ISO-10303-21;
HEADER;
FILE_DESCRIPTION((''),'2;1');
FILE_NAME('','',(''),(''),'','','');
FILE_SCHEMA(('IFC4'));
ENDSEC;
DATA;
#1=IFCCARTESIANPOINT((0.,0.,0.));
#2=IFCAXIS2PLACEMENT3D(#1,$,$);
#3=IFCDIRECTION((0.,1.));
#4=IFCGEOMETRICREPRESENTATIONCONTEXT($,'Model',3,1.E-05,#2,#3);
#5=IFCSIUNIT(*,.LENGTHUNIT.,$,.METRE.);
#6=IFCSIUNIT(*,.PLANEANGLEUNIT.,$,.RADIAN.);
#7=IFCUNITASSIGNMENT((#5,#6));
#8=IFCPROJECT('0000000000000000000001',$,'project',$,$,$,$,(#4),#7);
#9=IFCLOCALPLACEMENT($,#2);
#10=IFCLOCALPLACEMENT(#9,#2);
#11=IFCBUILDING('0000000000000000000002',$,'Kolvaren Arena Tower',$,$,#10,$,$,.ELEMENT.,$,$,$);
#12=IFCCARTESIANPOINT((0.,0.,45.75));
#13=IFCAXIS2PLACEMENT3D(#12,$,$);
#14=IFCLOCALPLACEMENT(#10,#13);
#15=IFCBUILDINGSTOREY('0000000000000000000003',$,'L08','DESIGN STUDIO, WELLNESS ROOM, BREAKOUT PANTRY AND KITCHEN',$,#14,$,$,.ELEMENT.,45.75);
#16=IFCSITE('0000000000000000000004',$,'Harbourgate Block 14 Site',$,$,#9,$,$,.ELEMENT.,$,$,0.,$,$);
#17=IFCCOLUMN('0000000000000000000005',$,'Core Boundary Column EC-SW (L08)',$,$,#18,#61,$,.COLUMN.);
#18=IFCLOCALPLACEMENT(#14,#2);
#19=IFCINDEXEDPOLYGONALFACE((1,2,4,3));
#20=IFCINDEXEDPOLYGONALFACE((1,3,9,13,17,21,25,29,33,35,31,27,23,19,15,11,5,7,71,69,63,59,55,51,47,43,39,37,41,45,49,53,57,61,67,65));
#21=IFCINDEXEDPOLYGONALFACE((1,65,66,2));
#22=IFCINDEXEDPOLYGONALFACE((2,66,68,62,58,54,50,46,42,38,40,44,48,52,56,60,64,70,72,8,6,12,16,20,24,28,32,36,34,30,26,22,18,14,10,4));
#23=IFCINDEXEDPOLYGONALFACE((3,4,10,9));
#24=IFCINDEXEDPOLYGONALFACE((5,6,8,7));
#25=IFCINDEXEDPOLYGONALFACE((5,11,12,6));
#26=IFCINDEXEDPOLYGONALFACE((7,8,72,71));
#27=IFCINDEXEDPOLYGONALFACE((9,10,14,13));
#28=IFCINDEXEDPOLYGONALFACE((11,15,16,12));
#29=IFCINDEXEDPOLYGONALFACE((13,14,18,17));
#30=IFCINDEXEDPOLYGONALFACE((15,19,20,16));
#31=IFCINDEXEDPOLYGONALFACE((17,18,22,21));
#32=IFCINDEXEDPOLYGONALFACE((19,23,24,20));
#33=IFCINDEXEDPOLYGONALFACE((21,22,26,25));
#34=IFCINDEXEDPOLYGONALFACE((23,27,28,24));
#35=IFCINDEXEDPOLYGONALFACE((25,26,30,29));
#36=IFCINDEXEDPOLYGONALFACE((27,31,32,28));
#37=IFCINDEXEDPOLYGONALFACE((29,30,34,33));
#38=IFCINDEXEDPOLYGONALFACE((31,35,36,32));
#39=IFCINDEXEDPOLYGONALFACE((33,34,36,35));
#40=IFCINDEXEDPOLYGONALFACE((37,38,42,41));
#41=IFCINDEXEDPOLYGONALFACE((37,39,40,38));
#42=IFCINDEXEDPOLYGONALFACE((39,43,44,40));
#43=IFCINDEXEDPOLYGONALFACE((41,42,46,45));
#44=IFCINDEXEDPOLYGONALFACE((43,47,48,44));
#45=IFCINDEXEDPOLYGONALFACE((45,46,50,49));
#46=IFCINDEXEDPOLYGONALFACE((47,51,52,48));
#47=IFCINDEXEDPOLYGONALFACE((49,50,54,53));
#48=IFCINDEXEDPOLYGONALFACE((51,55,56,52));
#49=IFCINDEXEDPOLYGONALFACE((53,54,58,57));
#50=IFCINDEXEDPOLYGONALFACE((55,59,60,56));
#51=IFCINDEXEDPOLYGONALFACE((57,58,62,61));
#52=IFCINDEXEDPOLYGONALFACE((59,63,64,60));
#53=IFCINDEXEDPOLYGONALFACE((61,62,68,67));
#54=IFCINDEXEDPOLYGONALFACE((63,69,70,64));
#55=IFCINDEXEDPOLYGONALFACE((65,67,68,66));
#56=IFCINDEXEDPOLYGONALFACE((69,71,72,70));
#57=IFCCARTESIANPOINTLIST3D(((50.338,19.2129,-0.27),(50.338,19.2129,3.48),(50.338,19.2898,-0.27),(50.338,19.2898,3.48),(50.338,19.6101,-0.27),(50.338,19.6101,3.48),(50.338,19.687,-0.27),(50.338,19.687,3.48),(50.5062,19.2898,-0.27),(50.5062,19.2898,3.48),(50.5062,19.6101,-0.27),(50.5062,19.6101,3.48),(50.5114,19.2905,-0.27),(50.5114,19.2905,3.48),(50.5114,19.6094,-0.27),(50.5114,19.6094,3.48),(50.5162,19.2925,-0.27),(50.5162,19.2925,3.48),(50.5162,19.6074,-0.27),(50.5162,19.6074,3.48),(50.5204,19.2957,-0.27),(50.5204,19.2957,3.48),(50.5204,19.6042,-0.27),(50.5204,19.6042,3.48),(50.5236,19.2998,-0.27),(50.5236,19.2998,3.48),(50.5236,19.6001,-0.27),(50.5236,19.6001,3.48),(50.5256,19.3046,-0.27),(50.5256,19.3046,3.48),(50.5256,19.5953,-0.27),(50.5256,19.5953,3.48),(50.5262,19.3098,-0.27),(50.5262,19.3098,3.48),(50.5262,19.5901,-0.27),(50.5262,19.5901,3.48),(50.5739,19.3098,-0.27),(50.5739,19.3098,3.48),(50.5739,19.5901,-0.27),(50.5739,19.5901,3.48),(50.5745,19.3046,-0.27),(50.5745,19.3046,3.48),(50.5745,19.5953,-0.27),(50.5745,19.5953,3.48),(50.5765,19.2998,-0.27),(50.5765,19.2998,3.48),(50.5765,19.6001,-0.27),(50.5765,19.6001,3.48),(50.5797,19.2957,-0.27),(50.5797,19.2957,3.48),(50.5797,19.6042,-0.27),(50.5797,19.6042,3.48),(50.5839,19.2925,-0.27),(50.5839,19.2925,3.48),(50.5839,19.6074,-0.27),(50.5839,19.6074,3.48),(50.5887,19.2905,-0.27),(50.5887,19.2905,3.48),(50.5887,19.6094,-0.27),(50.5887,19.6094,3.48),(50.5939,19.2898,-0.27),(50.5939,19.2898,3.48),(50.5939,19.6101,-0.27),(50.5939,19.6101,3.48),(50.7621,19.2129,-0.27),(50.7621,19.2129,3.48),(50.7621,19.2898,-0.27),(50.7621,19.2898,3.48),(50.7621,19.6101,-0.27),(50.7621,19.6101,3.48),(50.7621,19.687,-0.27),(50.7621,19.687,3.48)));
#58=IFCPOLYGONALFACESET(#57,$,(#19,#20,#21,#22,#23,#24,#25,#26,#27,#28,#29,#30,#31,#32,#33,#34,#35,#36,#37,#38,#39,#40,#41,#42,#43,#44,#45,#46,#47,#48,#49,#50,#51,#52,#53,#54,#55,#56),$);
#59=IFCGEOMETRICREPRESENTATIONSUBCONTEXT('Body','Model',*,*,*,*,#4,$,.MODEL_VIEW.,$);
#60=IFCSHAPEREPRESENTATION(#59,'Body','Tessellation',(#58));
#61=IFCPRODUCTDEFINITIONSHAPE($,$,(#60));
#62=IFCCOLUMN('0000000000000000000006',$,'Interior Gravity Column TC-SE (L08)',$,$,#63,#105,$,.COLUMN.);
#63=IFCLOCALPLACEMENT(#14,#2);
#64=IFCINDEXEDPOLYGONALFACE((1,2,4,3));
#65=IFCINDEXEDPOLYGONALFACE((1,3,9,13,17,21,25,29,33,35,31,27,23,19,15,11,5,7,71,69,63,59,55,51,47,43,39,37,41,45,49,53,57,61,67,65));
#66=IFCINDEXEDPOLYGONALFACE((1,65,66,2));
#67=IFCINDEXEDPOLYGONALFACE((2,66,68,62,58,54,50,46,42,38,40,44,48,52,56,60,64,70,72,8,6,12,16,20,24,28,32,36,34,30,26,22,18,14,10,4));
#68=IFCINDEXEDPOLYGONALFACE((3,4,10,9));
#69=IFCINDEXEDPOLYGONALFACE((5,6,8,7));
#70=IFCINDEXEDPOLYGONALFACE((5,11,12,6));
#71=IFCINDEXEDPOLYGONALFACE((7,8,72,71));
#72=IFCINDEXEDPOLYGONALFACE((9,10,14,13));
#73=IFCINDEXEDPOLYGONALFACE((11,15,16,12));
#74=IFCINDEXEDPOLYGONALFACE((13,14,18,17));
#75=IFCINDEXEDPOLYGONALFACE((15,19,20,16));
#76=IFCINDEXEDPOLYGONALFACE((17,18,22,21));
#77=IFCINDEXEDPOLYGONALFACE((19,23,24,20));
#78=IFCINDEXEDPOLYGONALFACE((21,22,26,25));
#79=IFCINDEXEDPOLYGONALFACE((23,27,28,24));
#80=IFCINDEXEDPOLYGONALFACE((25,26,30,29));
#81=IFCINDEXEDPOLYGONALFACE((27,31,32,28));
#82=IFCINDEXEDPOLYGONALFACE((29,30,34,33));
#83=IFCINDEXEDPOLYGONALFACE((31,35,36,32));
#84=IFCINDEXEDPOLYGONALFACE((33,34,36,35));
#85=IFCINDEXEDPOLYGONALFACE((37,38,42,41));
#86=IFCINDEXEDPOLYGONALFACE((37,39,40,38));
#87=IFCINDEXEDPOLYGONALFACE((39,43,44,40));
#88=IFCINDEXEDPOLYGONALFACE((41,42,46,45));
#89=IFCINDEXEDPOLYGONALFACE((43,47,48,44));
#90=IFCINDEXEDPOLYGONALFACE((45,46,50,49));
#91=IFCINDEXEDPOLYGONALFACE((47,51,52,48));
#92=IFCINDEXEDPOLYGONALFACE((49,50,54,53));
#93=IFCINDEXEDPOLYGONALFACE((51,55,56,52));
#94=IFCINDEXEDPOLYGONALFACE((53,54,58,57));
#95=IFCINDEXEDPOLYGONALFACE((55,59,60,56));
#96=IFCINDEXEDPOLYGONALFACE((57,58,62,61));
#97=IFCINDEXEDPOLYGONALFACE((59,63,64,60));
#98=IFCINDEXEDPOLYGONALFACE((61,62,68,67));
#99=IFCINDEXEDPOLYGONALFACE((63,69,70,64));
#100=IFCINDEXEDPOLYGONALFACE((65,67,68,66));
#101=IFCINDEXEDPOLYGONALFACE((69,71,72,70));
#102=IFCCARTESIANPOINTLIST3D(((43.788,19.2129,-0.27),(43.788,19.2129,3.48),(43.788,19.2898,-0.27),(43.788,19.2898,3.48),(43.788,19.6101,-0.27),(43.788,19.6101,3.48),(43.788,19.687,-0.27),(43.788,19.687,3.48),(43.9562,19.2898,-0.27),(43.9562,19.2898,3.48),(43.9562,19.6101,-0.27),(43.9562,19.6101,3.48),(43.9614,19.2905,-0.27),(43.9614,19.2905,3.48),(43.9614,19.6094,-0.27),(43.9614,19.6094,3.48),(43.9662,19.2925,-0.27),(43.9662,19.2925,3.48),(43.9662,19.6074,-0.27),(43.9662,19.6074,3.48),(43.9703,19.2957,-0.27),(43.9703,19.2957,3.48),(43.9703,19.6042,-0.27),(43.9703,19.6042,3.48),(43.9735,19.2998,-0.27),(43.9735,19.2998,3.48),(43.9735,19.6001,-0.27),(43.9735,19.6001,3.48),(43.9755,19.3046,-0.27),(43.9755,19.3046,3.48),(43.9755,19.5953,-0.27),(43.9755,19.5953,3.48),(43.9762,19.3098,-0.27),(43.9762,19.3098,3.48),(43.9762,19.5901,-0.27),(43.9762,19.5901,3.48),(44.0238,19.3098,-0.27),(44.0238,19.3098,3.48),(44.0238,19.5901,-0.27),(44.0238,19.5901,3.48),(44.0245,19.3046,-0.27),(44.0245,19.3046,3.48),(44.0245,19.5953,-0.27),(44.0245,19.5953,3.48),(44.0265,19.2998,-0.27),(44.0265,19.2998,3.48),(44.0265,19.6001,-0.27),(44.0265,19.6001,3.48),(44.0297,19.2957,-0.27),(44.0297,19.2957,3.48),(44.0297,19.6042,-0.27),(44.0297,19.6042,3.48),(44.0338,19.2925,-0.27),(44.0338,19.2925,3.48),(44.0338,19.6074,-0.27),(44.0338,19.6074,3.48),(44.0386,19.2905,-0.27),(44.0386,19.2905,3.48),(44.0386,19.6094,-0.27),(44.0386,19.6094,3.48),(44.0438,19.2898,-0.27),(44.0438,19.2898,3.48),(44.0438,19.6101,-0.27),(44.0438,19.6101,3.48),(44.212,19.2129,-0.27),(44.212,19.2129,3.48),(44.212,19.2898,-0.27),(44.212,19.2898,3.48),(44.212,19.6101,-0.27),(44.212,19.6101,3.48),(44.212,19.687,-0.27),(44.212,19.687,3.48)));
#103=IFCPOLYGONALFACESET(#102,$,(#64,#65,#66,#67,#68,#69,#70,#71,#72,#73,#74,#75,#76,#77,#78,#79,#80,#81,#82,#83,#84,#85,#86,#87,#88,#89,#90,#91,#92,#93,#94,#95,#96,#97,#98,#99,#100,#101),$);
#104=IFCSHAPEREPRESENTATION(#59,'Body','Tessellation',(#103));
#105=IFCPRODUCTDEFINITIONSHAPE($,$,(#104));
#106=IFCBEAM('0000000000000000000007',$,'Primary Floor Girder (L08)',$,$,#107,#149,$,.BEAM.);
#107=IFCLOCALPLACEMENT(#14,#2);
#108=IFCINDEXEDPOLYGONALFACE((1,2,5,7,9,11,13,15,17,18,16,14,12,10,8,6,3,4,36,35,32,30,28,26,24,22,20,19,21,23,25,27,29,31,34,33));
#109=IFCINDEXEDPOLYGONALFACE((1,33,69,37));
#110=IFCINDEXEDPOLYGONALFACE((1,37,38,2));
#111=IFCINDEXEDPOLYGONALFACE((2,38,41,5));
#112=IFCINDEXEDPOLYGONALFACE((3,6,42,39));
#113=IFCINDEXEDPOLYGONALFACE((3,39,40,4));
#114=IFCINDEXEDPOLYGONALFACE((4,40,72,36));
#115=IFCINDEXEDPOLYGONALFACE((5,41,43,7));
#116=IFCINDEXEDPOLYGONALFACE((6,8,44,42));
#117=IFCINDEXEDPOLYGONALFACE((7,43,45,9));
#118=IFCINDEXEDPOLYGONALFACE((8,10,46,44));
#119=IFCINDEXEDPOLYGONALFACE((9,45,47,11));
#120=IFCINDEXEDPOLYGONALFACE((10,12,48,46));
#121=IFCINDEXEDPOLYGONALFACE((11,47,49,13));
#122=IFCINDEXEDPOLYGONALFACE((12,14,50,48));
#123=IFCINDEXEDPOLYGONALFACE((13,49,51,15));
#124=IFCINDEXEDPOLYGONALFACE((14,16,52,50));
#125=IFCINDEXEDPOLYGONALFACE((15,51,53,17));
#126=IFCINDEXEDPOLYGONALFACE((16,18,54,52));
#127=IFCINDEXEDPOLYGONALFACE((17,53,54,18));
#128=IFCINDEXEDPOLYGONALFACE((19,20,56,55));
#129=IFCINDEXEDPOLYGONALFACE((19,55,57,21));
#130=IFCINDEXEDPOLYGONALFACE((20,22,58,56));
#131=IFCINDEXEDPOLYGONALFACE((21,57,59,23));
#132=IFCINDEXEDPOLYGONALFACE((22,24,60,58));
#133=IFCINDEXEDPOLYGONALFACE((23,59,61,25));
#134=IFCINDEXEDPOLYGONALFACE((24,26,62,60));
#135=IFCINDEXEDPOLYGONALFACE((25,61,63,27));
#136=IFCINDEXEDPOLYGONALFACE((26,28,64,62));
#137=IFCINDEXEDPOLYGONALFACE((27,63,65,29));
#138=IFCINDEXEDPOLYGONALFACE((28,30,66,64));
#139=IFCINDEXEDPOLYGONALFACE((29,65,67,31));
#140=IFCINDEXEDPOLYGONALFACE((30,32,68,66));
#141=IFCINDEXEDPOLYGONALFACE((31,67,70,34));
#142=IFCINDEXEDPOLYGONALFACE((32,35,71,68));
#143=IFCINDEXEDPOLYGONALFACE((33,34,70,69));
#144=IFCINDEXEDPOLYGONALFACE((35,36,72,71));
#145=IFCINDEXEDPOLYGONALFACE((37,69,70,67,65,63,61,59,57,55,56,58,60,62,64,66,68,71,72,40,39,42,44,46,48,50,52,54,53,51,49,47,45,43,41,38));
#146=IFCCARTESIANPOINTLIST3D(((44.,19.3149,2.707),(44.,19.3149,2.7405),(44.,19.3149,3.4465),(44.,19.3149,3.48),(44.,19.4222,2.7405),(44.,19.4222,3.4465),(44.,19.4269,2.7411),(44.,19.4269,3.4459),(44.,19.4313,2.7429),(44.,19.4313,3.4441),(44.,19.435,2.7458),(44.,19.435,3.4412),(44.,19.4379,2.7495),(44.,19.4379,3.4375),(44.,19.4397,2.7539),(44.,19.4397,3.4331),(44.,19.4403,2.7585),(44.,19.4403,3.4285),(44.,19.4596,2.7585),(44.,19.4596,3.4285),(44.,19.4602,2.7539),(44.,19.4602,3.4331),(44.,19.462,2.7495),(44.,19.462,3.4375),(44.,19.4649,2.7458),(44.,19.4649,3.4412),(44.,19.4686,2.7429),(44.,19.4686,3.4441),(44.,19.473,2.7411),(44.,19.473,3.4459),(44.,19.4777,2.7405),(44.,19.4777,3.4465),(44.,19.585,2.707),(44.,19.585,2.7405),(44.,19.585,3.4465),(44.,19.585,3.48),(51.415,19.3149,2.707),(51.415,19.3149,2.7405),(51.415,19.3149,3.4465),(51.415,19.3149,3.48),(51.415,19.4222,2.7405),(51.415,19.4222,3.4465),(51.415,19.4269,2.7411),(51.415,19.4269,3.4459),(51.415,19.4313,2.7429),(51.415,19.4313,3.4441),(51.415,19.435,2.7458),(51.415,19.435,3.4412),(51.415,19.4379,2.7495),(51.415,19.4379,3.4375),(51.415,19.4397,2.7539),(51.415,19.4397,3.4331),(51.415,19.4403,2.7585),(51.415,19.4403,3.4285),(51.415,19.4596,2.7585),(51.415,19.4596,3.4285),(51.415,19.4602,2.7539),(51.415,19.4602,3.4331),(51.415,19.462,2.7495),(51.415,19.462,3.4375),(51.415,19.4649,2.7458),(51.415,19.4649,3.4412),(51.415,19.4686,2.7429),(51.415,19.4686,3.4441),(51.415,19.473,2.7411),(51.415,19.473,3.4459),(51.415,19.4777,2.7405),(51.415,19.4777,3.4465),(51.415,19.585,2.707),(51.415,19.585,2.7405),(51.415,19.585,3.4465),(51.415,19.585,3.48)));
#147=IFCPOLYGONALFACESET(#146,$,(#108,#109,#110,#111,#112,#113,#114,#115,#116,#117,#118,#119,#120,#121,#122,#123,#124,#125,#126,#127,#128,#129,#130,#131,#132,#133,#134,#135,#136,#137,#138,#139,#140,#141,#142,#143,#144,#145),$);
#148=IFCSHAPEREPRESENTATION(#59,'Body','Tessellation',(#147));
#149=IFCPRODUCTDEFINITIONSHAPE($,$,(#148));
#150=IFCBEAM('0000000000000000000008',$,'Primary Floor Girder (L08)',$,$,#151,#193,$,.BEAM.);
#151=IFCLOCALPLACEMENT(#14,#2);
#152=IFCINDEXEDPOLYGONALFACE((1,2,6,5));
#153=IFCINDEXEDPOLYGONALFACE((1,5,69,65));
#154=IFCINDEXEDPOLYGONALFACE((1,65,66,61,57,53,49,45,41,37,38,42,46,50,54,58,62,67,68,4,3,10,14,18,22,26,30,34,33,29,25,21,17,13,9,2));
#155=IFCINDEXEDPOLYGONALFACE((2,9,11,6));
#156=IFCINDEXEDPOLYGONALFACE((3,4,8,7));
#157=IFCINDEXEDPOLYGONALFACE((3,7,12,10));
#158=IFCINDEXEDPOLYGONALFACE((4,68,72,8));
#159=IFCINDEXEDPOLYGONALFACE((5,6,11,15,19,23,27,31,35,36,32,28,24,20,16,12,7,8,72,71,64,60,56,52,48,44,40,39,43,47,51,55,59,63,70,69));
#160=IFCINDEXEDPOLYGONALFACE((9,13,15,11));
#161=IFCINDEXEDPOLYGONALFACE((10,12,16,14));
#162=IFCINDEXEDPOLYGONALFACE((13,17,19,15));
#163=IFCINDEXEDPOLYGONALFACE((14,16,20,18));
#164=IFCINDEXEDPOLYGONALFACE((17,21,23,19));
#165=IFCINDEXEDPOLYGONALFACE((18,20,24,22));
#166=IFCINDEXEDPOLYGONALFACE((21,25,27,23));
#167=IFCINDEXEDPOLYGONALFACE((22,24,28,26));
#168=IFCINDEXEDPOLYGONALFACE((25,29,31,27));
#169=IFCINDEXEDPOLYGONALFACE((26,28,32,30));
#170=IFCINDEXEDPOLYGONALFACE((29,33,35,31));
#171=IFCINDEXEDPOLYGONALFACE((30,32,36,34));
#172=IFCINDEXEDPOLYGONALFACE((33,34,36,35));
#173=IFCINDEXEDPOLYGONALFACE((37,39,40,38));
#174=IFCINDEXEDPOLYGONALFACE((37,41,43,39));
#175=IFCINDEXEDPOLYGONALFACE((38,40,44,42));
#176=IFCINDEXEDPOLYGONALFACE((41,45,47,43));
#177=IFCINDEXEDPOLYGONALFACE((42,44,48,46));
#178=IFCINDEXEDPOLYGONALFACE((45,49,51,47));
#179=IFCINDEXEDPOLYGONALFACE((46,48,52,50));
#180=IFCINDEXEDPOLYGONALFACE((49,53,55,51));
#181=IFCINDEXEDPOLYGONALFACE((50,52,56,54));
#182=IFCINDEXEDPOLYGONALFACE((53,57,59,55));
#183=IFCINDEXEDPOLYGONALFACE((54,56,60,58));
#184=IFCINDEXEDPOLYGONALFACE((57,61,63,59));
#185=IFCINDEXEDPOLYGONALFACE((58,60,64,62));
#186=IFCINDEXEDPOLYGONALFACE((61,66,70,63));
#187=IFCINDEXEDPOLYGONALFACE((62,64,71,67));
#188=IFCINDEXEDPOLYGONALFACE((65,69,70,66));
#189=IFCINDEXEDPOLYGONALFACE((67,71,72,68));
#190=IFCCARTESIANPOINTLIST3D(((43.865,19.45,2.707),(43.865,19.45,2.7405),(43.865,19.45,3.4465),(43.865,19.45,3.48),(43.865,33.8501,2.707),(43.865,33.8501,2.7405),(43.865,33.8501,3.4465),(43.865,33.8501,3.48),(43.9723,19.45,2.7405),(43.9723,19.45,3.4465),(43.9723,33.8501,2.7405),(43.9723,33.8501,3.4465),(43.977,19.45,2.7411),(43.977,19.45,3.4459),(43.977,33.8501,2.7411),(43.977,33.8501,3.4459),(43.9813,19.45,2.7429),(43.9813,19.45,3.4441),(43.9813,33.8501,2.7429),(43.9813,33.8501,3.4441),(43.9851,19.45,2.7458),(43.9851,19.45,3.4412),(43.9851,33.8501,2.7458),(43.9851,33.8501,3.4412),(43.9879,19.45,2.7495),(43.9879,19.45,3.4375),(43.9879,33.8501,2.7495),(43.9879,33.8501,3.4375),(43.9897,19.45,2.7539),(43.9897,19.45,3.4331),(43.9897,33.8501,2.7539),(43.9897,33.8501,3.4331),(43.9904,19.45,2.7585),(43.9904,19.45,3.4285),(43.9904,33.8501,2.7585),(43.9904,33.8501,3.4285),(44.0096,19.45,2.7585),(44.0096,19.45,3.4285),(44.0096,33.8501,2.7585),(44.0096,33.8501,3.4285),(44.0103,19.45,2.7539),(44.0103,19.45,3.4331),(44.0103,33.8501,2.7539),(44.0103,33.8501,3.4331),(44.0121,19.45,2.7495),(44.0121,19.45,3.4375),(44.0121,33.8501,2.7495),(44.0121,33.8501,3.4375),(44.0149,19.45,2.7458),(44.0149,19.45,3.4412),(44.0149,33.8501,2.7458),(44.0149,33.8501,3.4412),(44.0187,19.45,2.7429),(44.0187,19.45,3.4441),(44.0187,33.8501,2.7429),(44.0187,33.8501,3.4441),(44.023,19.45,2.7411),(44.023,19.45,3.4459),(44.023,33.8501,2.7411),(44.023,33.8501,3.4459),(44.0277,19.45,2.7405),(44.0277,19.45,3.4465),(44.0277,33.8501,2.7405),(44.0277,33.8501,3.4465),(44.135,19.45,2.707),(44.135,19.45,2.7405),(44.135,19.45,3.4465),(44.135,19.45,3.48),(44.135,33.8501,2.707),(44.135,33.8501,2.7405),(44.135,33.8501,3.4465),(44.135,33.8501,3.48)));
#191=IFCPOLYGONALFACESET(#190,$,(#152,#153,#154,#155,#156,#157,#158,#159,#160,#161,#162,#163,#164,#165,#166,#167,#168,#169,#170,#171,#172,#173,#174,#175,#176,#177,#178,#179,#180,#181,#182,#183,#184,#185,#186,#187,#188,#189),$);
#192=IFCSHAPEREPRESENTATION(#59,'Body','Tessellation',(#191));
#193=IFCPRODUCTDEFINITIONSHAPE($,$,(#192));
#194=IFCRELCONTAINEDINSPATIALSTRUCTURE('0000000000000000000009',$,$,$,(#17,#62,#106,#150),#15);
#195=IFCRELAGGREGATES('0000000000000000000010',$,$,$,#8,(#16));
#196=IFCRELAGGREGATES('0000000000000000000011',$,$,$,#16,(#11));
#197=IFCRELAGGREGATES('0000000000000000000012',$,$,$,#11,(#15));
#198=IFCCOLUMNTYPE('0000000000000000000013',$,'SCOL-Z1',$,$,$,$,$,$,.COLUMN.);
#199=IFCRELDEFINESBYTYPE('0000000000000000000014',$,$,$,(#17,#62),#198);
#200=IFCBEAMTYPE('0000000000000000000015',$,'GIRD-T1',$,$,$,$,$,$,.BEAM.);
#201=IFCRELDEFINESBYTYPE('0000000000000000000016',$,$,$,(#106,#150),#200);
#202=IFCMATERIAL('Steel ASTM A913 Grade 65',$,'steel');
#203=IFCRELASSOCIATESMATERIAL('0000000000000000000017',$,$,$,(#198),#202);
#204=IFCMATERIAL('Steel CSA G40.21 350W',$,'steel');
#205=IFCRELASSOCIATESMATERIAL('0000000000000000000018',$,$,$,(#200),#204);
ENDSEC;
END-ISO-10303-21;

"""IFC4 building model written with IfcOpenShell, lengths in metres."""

from ifc_helpers import new_model, si_unit, direction, frame, origin, origin_2d, place, context, subcontext, project, spatial, i_section, extrude, material, material_profile, profile_set, type_object, element, save


model = new_model("IFC4")

# Units and contexts
model_context = context("Model", 3, precision=1e-05, world=origin(), true_north=direction((0.0, 1.0)))
body_context = subcontext(model_context, "Body", "Model", "MODEL_VIEW")
ifc_project = project(units=[si_unit("LENGTHUNIT", "METRE"), si_unit("PLANEANGLEUNIT", "RADIAN")], contexts=[model_context])

# Site, building, storey
site_placement = place(None, origin())
site = spatial("IfcSite", under=ifc_project, at=site_placement, Name="Harbourgate Block 14 Site", CompositionType="ELEMENT", RefElevation=0.0)
building_placement = place(site_placement, origin())
building = spatial("IfcBuilding", under=site, at=building_placement, Name="Kolvaren Arena Tower", CompositionType="ELEMENT")
storey_placement = place(building_placement, frame((0.0, 0.0, 45.75)))
storey = spatial("IfcBuildingStorey", under=building, at=storey_placement, Name="L08", Description="DESIGN STUDIO, WELLNESS ROOM, BREAKOUT PANTRY AND KITCHEN", CompositionType="ELEMENT", Elevation=45.75)

# Columns
ifc_material_1 = material(Name="Steel ASTM A913 Grade 65", Category="steel")
ifc_material_profile_1 = material_profile(ifc_material_1, i_section(OverallWidth=0.4241, OverallDepth=0.4741, WebThickness=0.0476, FlangeThickness=0.0769, FilletRadius=0.02, at=origin_2d()), Name="W360x634")
ifc_profile_set_1 = profile_set([ifc_material_profile_1], Name="Steel ASTM A913 Grade 65")
column_type = type_object("IfcColumnType", Name="SCOL-Z1", PredefinedType="COLUMN", material=ifc_profile_set_1)
for number, where, z_axis, x_axis, name in (
    (1, (50.55, 19.45, -0.27), (0.0, 0.0, 1.0), (1.0, 0.0, 0.0), "Core Boundary Column EC-SW (L08)"),
    (2, (44.0, 19.45, -0.27), (0.0, 0.0, 1.0), (1.0, 0.0, 0.0), "Interior Gravity Column TC-SE (L08)"),
):
    element("IfcColumn", number, at=place(storey_placement, frame(where, z_axis=z_axis, x_axis=x_axis)), inside=storey, type_object=column_type, Name=name, PredefinedType="COLUMN", context=body_context, shape_type="SweptSolid", body=[
        extrude(i_section(OverallWidth=0.4241, OverallDepth=0.4741, WebThickness=0.0476, FlangeThickness=0.0769, FilletRadius=0.02, at=origin_2d()), origin(), (0.0, 0.0, 1.0), 3.75),
    ])

# Beams
ifc_material_2 = material(Name="Steel CSA G40.21 350W", Category="steel")
ifc_material_profile_2 = material_profile(ifc_material_2, i_section(OverallWidth=0.27, OverallDepth=0.7729, WebThickness=0.0193, FlangeThickness=0.0334, FilletRadius=0.0181, at=origin_2d()), Name="W760x257")
ifc_profile_set_2 = profile_set([ifc_material_profile_2], Name="Steel CSA G40.21 350W")
beam_type_1 = type_object("IfcBeamType", Name="GIRD-T1", PredefinedType="BEAM", material=ifc_profile_set_2)
beam_1_placement = place(storey_placement, frame((44.0, 19.45, 3.0935), z_axis=(1.0, 0.0, 0.0), x_axis=(0.0, 1.0, 0.0)))
element("IfcBeam", 3, at=beam_1_placement, inside=storey, type_object=beam_type_1, Name="Primary Floor Girder (L08)", PredefinedType="BEAM", context=body_context, shape_type="SweptSolid", body=[
    extrude(i_section(OverallWidth=0.27, OverallDepth=0.7729, WebThickness=0.0193, FlangeThickness=0.0334, FilletRadius=0.0181, at=origin_2d()), origin(), (0.0, 0.0, 1.0), 7.415),
])
beam_2_placement = place(storey_placement, frame((44.0, 19.45, 3.0935), z_axis=(0.0, 1.0, 0.0), x_axis=(-1.0, 0.0, 0.0)))
element("IfcBeam", 4, at=beam_2_placement, inside=storey, type_object=beam_type_1, Name="Primary Floor Girder (L08)", PredefinedType="BEAM", context=body_context, shape_type="SweptSolid", body=[
    extrude(i_section(OverallWidth=0.27, OverallDepth=0.7729, WebThickness=0.0193, FlangeThickness=0.0334, FilletRadius=0.0181, at=origin_2d()), origin(), (0.0, 0.0, 1.0), 14.4001),
])

save(model, "model.ifc")
